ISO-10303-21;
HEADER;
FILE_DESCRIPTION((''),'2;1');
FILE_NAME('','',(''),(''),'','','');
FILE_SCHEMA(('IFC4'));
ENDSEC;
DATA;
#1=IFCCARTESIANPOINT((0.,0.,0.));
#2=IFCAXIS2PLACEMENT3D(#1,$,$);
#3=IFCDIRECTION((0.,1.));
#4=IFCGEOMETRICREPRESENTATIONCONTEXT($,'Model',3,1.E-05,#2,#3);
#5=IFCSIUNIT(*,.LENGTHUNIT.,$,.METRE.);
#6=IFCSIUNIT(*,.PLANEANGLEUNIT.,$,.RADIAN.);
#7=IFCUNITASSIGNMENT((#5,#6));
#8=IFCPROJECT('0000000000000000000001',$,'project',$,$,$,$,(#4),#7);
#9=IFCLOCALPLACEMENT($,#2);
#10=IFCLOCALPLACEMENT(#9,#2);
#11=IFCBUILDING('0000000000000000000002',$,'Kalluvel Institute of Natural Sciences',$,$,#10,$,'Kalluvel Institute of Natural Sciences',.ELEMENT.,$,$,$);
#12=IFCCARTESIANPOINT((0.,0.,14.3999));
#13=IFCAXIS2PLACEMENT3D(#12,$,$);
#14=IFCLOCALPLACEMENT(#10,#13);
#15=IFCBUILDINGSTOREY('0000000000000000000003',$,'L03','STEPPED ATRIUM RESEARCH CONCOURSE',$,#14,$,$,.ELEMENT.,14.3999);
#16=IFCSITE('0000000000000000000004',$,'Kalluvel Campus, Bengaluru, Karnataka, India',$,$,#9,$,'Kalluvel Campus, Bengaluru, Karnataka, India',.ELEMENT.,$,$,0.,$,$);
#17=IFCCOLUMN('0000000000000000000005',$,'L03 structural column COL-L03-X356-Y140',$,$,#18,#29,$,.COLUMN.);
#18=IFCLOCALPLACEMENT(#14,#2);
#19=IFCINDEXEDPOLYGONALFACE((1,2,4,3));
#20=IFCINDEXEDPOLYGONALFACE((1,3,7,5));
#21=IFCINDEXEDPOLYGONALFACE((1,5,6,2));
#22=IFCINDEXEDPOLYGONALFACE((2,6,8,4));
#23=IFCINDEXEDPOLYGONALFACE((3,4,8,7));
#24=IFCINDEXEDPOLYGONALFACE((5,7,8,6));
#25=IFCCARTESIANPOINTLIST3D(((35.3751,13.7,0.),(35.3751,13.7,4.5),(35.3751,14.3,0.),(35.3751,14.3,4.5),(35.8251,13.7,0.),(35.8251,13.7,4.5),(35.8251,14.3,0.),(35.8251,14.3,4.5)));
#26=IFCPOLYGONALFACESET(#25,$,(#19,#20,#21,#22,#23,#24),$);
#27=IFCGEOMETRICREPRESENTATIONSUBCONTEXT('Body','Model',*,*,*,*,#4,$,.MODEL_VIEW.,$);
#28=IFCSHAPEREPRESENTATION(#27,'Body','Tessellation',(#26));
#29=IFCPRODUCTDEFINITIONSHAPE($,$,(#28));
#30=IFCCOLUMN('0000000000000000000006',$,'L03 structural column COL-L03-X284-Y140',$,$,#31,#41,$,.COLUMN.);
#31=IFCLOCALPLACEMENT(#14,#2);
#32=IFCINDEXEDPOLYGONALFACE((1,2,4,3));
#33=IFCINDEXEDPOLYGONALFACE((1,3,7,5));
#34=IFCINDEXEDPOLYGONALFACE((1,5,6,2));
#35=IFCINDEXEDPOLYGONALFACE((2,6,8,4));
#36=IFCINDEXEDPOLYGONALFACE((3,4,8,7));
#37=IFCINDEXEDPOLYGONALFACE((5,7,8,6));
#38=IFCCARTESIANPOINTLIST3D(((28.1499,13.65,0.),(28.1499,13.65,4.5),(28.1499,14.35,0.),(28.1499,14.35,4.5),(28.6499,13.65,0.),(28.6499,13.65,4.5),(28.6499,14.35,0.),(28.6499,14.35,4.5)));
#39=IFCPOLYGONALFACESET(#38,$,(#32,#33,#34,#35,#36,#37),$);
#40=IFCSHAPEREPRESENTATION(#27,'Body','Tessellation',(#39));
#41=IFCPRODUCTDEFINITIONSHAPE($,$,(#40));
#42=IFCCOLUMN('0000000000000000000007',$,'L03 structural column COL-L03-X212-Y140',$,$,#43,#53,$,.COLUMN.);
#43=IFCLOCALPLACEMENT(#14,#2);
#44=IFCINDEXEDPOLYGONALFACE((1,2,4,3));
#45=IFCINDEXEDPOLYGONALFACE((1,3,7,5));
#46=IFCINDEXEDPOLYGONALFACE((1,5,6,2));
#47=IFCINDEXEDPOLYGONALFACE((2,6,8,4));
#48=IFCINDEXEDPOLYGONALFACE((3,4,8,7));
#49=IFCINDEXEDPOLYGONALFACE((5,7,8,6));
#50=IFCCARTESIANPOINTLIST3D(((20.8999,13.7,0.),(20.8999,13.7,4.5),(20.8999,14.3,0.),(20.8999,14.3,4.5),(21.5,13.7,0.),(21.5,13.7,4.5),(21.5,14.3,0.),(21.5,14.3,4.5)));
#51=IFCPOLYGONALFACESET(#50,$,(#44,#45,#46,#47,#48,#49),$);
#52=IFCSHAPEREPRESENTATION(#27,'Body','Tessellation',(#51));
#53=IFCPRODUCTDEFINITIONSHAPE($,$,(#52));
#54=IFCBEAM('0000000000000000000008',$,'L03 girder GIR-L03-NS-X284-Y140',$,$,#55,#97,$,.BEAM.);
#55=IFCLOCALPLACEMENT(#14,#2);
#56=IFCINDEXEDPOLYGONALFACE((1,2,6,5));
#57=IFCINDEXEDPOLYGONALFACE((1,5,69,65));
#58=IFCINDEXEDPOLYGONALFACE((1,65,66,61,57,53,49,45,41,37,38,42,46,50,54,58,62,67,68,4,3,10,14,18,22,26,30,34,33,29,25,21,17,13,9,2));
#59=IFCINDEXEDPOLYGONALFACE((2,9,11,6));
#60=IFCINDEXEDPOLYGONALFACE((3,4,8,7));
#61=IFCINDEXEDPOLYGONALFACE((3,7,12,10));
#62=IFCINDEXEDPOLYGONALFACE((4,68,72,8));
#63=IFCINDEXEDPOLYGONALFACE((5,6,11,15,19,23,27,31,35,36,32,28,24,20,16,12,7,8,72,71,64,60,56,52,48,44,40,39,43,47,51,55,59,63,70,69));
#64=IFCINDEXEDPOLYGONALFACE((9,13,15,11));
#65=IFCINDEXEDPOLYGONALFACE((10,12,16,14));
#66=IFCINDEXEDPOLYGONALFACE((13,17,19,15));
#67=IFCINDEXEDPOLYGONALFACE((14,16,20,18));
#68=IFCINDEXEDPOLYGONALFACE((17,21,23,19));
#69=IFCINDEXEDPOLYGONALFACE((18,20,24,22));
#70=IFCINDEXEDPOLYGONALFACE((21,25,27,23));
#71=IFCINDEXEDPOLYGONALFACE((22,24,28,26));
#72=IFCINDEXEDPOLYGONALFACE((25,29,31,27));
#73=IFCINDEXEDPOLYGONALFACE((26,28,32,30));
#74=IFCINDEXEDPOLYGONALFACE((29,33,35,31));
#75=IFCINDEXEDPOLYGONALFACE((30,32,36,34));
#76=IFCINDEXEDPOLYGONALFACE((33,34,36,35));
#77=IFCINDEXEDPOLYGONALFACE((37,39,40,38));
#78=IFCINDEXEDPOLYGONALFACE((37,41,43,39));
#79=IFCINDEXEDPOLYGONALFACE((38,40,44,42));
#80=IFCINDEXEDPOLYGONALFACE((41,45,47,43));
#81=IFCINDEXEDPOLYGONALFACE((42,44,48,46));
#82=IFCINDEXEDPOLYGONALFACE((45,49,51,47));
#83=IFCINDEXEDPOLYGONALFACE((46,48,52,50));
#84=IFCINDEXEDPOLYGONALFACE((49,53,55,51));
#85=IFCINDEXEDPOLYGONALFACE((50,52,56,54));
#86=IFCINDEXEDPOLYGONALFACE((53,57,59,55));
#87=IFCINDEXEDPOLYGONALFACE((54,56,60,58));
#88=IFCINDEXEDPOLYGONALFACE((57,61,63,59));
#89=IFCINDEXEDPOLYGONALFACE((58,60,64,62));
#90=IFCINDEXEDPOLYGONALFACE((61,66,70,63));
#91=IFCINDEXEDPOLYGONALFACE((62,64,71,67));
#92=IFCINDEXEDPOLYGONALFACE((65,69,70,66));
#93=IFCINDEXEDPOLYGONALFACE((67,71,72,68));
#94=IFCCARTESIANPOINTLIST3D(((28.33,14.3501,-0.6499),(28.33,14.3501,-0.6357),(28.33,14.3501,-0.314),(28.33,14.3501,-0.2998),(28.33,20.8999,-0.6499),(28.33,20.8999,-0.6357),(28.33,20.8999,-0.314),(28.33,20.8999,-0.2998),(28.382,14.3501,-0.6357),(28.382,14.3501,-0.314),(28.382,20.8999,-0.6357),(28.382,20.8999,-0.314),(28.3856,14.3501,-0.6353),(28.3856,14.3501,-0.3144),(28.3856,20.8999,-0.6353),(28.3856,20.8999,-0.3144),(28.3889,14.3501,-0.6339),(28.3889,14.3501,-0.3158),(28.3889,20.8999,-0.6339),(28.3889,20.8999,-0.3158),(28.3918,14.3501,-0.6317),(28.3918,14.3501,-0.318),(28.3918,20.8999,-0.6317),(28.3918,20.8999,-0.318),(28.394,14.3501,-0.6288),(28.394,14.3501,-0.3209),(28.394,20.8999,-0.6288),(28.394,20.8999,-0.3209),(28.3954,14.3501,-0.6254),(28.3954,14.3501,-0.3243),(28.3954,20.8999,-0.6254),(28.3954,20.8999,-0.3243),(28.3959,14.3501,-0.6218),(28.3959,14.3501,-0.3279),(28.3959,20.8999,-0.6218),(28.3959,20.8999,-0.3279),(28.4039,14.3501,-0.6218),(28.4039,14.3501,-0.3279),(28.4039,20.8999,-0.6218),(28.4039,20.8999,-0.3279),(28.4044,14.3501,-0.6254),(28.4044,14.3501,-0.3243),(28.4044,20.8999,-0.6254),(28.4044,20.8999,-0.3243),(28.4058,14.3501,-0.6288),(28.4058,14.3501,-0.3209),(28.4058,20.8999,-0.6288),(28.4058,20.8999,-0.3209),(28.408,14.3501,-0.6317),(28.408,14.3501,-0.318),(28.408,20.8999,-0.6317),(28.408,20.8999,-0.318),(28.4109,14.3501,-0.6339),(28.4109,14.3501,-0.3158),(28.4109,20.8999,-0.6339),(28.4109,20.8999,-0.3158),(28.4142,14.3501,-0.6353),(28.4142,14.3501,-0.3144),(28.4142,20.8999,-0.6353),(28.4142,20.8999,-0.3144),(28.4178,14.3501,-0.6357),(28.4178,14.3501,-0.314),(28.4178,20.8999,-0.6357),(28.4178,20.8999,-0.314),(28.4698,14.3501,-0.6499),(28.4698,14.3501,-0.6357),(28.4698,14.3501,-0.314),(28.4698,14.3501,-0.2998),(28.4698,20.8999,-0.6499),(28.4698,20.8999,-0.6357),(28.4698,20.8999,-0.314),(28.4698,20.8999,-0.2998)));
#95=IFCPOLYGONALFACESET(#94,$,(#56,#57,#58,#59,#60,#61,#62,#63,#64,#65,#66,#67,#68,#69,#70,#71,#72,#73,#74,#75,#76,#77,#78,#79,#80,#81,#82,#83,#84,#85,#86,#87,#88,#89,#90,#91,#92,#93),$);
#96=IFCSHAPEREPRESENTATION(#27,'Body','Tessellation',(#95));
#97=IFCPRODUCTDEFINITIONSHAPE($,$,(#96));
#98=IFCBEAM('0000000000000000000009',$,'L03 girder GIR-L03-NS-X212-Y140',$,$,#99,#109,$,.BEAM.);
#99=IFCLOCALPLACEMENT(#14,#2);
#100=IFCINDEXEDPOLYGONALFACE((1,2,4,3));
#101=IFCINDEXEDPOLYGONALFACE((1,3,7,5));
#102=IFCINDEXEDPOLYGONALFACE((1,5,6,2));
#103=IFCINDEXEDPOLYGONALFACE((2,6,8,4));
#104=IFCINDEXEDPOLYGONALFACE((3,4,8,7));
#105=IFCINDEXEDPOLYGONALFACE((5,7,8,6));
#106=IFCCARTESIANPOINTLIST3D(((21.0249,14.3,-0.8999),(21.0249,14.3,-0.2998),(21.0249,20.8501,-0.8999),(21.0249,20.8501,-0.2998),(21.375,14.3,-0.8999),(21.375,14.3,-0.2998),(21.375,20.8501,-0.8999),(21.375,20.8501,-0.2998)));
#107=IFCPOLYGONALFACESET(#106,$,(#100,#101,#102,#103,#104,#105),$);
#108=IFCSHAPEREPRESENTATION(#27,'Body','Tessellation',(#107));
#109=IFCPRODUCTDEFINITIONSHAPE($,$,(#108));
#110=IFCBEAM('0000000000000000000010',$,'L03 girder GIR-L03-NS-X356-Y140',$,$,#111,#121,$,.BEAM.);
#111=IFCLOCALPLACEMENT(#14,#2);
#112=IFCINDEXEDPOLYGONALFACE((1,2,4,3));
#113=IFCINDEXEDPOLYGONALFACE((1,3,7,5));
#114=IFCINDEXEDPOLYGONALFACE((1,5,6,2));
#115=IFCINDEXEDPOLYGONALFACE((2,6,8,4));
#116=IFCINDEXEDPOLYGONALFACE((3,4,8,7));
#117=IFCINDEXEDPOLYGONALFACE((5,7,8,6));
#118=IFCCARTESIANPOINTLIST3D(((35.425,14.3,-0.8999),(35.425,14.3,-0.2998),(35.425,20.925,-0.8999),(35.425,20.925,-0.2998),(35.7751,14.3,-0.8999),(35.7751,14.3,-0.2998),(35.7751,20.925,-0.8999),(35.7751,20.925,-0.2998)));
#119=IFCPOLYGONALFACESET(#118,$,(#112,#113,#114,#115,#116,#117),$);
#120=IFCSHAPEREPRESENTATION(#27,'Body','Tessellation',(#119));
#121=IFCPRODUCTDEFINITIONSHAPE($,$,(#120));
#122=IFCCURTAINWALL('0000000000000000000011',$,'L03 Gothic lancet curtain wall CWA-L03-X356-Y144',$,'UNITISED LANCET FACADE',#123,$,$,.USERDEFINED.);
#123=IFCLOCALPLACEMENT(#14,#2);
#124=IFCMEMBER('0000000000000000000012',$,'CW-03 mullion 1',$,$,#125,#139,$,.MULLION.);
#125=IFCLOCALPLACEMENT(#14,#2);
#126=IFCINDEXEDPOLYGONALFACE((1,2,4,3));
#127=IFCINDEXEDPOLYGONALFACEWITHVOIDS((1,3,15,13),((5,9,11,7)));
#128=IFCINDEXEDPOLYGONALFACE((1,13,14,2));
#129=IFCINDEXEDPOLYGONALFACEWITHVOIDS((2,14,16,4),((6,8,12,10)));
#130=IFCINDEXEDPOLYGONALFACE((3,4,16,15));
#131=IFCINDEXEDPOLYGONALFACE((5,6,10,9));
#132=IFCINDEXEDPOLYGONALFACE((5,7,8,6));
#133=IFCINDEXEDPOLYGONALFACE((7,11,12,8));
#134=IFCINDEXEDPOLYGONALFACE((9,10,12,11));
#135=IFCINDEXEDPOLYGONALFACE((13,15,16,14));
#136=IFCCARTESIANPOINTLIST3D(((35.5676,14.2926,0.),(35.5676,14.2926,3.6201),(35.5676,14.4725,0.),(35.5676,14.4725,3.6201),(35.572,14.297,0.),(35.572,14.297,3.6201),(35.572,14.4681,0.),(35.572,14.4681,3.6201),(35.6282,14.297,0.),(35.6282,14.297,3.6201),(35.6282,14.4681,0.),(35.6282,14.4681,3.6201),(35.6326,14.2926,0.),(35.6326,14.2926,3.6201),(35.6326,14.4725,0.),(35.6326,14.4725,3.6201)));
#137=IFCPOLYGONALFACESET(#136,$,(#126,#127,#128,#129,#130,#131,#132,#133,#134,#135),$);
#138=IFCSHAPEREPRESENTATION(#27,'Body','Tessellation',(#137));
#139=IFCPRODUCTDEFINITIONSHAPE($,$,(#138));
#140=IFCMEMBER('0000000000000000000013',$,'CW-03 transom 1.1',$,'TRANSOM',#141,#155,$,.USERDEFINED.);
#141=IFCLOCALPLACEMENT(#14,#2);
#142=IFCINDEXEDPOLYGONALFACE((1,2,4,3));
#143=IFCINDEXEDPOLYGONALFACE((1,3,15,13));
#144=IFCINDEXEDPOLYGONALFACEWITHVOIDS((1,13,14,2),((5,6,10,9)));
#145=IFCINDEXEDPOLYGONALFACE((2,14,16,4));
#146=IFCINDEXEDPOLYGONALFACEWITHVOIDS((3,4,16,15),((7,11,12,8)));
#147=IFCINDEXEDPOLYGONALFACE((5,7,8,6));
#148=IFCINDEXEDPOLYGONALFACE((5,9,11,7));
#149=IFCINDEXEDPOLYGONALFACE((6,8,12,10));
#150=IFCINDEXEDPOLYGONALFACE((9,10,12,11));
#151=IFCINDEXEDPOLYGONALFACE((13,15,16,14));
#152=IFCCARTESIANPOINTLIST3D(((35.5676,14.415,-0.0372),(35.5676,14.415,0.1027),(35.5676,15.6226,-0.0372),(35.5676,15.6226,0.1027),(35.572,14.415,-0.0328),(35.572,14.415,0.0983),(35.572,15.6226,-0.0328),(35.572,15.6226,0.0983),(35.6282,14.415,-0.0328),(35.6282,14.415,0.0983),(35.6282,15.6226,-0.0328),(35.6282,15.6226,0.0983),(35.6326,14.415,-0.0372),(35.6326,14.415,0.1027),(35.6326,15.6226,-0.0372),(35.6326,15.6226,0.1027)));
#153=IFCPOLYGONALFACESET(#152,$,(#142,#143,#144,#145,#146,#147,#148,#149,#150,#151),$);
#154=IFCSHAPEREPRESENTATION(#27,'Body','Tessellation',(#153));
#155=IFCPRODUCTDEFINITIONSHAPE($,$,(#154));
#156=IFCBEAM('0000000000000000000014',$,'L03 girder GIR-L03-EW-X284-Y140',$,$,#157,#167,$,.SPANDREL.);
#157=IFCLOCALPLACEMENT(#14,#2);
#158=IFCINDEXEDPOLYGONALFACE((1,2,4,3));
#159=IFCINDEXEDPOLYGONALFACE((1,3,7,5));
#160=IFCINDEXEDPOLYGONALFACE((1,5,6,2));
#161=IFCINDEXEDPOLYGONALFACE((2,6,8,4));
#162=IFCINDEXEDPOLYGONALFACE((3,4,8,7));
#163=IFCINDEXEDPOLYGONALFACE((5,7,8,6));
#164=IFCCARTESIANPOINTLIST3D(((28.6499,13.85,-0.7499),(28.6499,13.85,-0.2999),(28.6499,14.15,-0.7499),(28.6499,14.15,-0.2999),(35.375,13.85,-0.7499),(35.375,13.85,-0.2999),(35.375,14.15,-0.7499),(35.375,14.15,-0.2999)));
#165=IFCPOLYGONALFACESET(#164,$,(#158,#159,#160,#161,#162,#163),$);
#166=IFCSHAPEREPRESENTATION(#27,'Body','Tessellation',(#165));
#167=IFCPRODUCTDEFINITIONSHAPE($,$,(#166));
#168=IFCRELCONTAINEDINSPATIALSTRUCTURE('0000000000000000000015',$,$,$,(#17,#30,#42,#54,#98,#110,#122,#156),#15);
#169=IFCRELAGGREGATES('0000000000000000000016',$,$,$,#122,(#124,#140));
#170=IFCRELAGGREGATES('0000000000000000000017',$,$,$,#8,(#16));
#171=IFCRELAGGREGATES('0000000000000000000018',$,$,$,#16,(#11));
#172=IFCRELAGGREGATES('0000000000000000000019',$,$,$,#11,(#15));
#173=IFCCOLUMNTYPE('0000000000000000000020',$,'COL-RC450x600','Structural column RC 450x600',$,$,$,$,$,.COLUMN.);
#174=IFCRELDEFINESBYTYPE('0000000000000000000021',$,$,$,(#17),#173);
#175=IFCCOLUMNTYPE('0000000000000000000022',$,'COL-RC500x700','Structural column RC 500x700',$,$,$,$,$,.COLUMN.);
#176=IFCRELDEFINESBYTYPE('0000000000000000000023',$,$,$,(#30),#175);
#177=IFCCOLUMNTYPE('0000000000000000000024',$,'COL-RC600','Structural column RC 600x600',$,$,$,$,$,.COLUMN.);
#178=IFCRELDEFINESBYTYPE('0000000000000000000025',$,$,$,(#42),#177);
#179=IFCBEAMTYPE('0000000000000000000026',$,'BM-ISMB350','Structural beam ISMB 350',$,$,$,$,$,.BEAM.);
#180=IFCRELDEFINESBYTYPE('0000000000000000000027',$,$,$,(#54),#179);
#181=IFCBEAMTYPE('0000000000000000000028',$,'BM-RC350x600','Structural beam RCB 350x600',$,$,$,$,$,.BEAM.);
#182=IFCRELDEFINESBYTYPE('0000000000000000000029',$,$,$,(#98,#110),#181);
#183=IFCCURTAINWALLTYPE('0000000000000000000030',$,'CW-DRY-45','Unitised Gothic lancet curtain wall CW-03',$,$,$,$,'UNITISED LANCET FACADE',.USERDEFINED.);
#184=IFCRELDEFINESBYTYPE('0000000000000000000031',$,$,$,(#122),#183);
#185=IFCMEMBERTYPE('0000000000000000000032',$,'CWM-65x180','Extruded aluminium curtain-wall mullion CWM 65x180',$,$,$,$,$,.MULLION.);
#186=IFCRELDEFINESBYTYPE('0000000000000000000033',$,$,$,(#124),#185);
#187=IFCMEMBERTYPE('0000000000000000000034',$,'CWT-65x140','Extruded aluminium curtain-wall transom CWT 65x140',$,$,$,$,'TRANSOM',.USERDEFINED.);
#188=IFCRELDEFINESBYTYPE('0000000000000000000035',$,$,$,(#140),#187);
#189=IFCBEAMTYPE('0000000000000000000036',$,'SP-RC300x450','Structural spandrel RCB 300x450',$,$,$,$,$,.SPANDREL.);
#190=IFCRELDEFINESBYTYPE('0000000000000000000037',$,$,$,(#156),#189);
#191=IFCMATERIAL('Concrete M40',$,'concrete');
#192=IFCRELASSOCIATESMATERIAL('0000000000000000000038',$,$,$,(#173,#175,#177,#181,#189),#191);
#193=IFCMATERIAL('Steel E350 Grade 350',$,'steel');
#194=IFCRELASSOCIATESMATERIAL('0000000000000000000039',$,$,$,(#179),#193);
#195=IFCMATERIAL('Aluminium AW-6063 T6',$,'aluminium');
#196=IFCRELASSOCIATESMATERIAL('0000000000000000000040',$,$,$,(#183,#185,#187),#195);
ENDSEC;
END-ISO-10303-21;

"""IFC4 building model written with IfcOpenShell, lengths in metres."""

from ifc_helpers import new_model, si_unit, direction, frame, origin, origin_2d, place, context, subcontext, project, spatial, rectangle, hollow_rectangle, i_section, extrude, material, material_profile, profile_set, type_object, element, aggregate, save


model = new_model("IFC4")

# Units and contexts
model_context = context("Model", 3, precision=1e-05, world=origin(), true_north=direction((0.0, 1.0)))
body_context = subcontext(model_context, "Body", "Model", "MODEL_VIEW")
ifc_project = project(units=[si_unit("LENGTHUNIT", "METRE"), si_unit("PLANEANGLEUNIT", "RADIAN")], contexts=[model_context])

# Site, building, storey
site_placement = place(None, origin())
site = spatial("IfcSite", under=ifc_project, at=site_placement, Name="Kalluvel Campus, Bengaluru, Karnataka, India", LongName="Kalluvel Campus, Bengaluru, Karnataka, India", CompositionType="ELEMENT", RefElevation=0.0)
building_placement = place(site_placement, origin())
building = spatial("IfcBuilding", under=site, at=building_placement, Name="Kalluvel Institute of Natural Sciences", LongName="Kalluvel Institute of Natural Sciences", CompositionType="ELEMENT")
storey_placement = place(building_placement, frame((0.0, 0.0, 14.3999)))
storey = spatial("IfcBuildingStorey", under=building, at=storey_placement, Name="L03", Description="STEPPED ATRIUM RESEARCH CONCOURSE", CompositionType="ELEMENT", Elevation=14.3999)

# Columns
ifc_material_1 = material(Name="Concrete M40", Category="concrete")
ifc_material_profile_1 = material_profile(ifc_material_1, rectangle(XDim=0.45, YDim=0.6001, at=origin_2d()), Name="RC 450x600")
ifc_profile_set_1 = profile_set([ifc_material_profile_1], Name="Concrete M40")
column_type_1 = type_object("IfcColumnType", Name="COL-RC450x600", Description="Structural column RC 450x600", PredefinedType="COLUMN", material=ifc_profile_set_1)
column_1_placement = place(storey_placement, frame((35.6001, 14.0, 0.0), z_axis=(0.0, 0.0, 1.0), x_axis=(1.0, 0.0, 0.0)))
element("IfcColumn", 1, at=column_1_placement, inside=storey, type_object=column_type_1, Name="L03 structural column COL-L03-X356-Y140", PredefinedType="COLUMN", context=body_context, shape_type="SweptSolid", body=[
    extrude(rectangle(XDim=0.45, YDim=0.6001, at=origin_2d()), origin(), (0.0, 0.0, 1.0), 4.5),
])
ifc_material_profile_2 = material_profile(ifc_material_1, rectangle(XDim=0.5, YDim=0.7, at=origin_2d()), Name="RC 500x700")
ifc_profile_set_2 = profile_set([ifc_material_profile_2], Name="Concrete M40")
column_type_2 = type_object("IfcColumnType", Name="COL-RC500x700", Description="Structural column RC 500x700", PredefinedType="COLUMN", material=ifc_profile_set_2)
column_2_placement = place(storey_placement, frame((28.3999, 14.0, 0.0), z_axis=(0.0, 0.0, 1.0), x_axis=(1.0, 0.0, 0.0)))
element("IfcColumn", 2, at=column_2_placement, inside=storey, type_object=column_type_2, Name="L03 structural column COL-L03-X284-Y140", PredefinedType="COLUMN", context=body_context, shape_type="SweptSolid", body=[
    extrude(rectangle(XDim=0.5, YDim=0.7, at=origin_2d()), origin(), (0.0, 0.0, 1.0), 4.5),
])
ifc_material_profile_3 = material_profile(ifc_material_1, rectangle(XDim=0.6001, YDim=0.6001, at=origin_2d()), Name="RC 600x600")
ifc_profile_set_3 = profile_set([ifc_material_profile_3], Name="Concrete M40")
column_type_3 = type_object("IfcColumnType", Name="COL-RC600", Description="Structural column RC 600x600", PredefinedType="COLUMN", material=ifc_profile_set_3)
column_3_placement = place(storey_placement, frame((21.2, 14.0, 0.0), z_axis=(0.0, 0.0, 1.0), x_axis=(1.0, 0.0, 0.0)))
element("IfcColumn", 3, at=column_3_placement, inside=storey, type_object=column_type_3, Name="L03 structural column COL-L03-X212-Y140", PredefinedType="COLUMN", context=body_context, shape_type="SweptSolid", body=[
    extrude(rectangle(XDim=0.6001, YDim=0.6001, at=origin_2d()), origin(), (0.0, 0.0, 1.0), 4.5),
])

# Beams
ifc_material_2 = material(Name="Steel E350 Grade 350", Category="steel")
ifc_material_profile_4 = material_profile(ifc_material_2, i_section(OverallWidth=0.1399, OverallDepth=0.3501, WebThickness=0.0081, FlangeThickness=0.0142, FilletRadius=0.0139, at=origin_2d()), Name="ISMB 350")
ifc_profile_set_4 = profile_set([ifc_material_profile_4], Name="Steel E350 Grade 350")
beam_type_1 = type_object("IfcBeamType", Name="BM-ISMB350", Description="Structural beam ISMB 350", PredefinedType="BEAM", material=ifc_profile_set_4)
beam_1_placement = place(storey_placement, frame((28.3999, 14.3501, -0.4749), z_axis=(0.0, 1.0, 0.0), x_axis=(-1.0, 0.0, 0.0)))
element("IfcBeam", 4, at=beam_1_placement, inside=storey, type_object=beam_type_1, Name="L03 girder GIR-L03-NS-X284-Y140", PredefinedType="BEAM", context=body_context, shape_type="SweptSolid", body=[
    extrude(i_section(OverallWidth=0.1399, OverallDepth=0.3501, WebThickness=0.0081, FlangeThickness=0.0142, FilletRadius=0.0139, at=origin_2d()), origin(), (0.0, 0.0, 1.0), 6.5498),
])
ifc_material_profile_5 = material_profile(ifc_material_1, rectangle(XDim=0.3501, YDim=0.6001, at=origin_2d()), Name="RCB 350x600")
ifc_profile_set_5 = profile_set([ifc_material_profile_5], Name="Concrete M40")
beam_type_2 = type_object("IfcBeamType", Name="BM-RC350x600", Description="Structural beam RCB 350x600", PredefinedType="BEAM", material=ifc_profile_set_5)
beam_2_placement = place(storey_placement, frame((21.2, 14.3, -0.5999), z_axis=(0.0, 1.0, 0.0), x_axis=(-1.0, 0.0, 0.0)))
element("IfcBeam", 5, at=beam_2_placement, inside=storey, type_object=beam_type_2, Name="L03 girder GIR-L03-NS-X212-Y140", PredefinedType="BEAM", context=body_context, shape_type="SweptSolid", body=[
    extrude(rectangle(XDim=0.3501, YDim=0.6001, at=origin_2d()), origin(), (0.0, 0.0, 1.0), 6.55),
])
beam_3_placement = place(storey_placement, frame((35.6001, 14.3, -0.5999), z_axis=(0.0, 1.0, 0.0), x_axis=(-1.0, 0.0, 0.0)))
element("IfcBeam", 6, at=beam_3_placement, inside=storey, type_object=beam_type_2, Name="L03 girder GIR-L03-NS-X356-Y140", PredefinedType="BEAM", context=body_context, shape_type="SweptSolid", body=[
    extrude(rectangle(XDim=0.3501, YDim=0.6001, at=origin_2d()), origin(), (0.0, 0.0, 1.0), 6.625),
])

# Curtain wall, members
ifc_material_3 = material(Name="Aluminium AW-6063 T6", Category="aluminium")
curtain_wall_type = type_object("IfcCurtainWallType", Name="CW-DRY-45", Description="Unitised Gothic lancet curtain wall CW-03", ElementType="UNITISED LANCET FACADE", PredefinedType="USERDEFINED", material=ifc_material_3)
curtain_wall_placement = place(storey_placement, origin())
curtain_wall = element("IfcCurtainWall", 7, at=curtain_wall_placement, inside=storey, type_object=curtain_wall_type, Name="L03 Gothic lancet curtain wall CWA-L03-X356-Y144", ObjectType="UNITISED LANCET FACADE", PredefinedType="USERDEFINED")
ifc_material_profile_6 = material_profile(ifc_material_3, hollow_rectangle(XDim=0.0649, YDim=0.1799, WallThickness=0.0044, at=origin_2d()), Name="CWM 65x180")
ifc_profile_set_6 = profile_set([ifc_material_profile_6], Name="Aluminium AW-6063 T6")
member_type_1 = type_object("IfcMemberType", Name="CWM-65x180", Description="Extruded aluminium curtain-wall mullion CWM 65x180", PredefinedType="MULLION", material=ifc_profile_set_6)
member_1_placement = place(storey_placement, frame((35.6001, 14.3826, 0.0), z_axis=(0.0, 0.0, 1.0), x_axis=(-1.0, 0.0, 0.0)))
member_1 = element("IfcMember", 8, at=member_1_placement, type_object=member_type_1, Name="CW-03 mullion 1", PredefinedType="MULLION", context=body_context, shape_type="SweptSolid", body=[
    extrude(hollow_rectangle(XDim=0.0649, YDim=0.1799, WallThickness=0.0044, at=origin_2d()), origin(), (0.0, 0.0, 1.0), 3.6201),
])
ifc_material_profile_7 = material_profile(ifc_material_3, hollow_rectangle(XDim=0.0649, YDim=0.1399, WallThickness=0.0044, at=origin_2d()), Name="CWT 65x140")
ifc_profile_set_7 = profile_set([ifc_material_profile_7], Name="Aluminium AW-6063 T6")
member_type_2 = type_object("IfcMemberType", Name="CWT-65x140", Description="Extruded aluminium curtain-wall transom CWT 65x140", ElementType="TRANSOM", PredefinedType="USERDEFINED", material=ifc_profile_set_7)
member_2_placement = place(storey_placement, frame((35.6001, 14.415, 0.0327), z_axis=(0.0, 1.0, 0.0), x_axis=(-1.0, 0.0, 0.0)))
member_2 = element("IfcMember", 9, at=member_2_placement, type_object=member_type_2, Name="CW-03 transom 1.1", ObjectType="TRANSOM", PredefinedType="USERDEFINED", context=body_context, shape_type="SweptSolid", body=[
    extrude(hollow_rectangle(XDim=0.0649, YDim=0.1399, WallThickness=0.0044, at=origin_2d()), origin(), (0.0, 0.0, 1.0), 1.2075),
])
aggregate(curtain_wall, [member_1, member_2])

# Beam
ifc_material_profile_8 = material_profile(ifc_material_1, rectangle(XDim=0.3, YDim=0.45, at=origin_2d()), Name="RCB 300x450")
ifc_profile_set_8 = profile_set([ifc_material_profile_8], Name="Concrete M40")
beam_type_3 = type_object("IfcBeamType", Name="SP-RC300x450", Description="Structural spandrel RCB 300x450", PredefinedType="SPANDREL", material=ifc_profile_set_8)
beam_4_placement = place(storey_placement, frame((28.6499, 14.0, -0.5249), z_axis=(1.0, 0.0, 0.0), x_axis=(0.0, 1.0, 0.0)))
element("IfcBeam", 10, at=beam_4_placement, inside=storey, type_object=beam_type_3, Name="L03 girder GIR-L03-EW-X284-Y140", PredefinedType="SPANDREL", context=body_context, shape_type="SweptSolid", body=[
    extrude(rectangle(XDim=0.3, YDim=0.45, at=origin_2d()), origin(), (0.0, 0.0, 1.0), 6.7251),
])

save(model, "model.ifc")
